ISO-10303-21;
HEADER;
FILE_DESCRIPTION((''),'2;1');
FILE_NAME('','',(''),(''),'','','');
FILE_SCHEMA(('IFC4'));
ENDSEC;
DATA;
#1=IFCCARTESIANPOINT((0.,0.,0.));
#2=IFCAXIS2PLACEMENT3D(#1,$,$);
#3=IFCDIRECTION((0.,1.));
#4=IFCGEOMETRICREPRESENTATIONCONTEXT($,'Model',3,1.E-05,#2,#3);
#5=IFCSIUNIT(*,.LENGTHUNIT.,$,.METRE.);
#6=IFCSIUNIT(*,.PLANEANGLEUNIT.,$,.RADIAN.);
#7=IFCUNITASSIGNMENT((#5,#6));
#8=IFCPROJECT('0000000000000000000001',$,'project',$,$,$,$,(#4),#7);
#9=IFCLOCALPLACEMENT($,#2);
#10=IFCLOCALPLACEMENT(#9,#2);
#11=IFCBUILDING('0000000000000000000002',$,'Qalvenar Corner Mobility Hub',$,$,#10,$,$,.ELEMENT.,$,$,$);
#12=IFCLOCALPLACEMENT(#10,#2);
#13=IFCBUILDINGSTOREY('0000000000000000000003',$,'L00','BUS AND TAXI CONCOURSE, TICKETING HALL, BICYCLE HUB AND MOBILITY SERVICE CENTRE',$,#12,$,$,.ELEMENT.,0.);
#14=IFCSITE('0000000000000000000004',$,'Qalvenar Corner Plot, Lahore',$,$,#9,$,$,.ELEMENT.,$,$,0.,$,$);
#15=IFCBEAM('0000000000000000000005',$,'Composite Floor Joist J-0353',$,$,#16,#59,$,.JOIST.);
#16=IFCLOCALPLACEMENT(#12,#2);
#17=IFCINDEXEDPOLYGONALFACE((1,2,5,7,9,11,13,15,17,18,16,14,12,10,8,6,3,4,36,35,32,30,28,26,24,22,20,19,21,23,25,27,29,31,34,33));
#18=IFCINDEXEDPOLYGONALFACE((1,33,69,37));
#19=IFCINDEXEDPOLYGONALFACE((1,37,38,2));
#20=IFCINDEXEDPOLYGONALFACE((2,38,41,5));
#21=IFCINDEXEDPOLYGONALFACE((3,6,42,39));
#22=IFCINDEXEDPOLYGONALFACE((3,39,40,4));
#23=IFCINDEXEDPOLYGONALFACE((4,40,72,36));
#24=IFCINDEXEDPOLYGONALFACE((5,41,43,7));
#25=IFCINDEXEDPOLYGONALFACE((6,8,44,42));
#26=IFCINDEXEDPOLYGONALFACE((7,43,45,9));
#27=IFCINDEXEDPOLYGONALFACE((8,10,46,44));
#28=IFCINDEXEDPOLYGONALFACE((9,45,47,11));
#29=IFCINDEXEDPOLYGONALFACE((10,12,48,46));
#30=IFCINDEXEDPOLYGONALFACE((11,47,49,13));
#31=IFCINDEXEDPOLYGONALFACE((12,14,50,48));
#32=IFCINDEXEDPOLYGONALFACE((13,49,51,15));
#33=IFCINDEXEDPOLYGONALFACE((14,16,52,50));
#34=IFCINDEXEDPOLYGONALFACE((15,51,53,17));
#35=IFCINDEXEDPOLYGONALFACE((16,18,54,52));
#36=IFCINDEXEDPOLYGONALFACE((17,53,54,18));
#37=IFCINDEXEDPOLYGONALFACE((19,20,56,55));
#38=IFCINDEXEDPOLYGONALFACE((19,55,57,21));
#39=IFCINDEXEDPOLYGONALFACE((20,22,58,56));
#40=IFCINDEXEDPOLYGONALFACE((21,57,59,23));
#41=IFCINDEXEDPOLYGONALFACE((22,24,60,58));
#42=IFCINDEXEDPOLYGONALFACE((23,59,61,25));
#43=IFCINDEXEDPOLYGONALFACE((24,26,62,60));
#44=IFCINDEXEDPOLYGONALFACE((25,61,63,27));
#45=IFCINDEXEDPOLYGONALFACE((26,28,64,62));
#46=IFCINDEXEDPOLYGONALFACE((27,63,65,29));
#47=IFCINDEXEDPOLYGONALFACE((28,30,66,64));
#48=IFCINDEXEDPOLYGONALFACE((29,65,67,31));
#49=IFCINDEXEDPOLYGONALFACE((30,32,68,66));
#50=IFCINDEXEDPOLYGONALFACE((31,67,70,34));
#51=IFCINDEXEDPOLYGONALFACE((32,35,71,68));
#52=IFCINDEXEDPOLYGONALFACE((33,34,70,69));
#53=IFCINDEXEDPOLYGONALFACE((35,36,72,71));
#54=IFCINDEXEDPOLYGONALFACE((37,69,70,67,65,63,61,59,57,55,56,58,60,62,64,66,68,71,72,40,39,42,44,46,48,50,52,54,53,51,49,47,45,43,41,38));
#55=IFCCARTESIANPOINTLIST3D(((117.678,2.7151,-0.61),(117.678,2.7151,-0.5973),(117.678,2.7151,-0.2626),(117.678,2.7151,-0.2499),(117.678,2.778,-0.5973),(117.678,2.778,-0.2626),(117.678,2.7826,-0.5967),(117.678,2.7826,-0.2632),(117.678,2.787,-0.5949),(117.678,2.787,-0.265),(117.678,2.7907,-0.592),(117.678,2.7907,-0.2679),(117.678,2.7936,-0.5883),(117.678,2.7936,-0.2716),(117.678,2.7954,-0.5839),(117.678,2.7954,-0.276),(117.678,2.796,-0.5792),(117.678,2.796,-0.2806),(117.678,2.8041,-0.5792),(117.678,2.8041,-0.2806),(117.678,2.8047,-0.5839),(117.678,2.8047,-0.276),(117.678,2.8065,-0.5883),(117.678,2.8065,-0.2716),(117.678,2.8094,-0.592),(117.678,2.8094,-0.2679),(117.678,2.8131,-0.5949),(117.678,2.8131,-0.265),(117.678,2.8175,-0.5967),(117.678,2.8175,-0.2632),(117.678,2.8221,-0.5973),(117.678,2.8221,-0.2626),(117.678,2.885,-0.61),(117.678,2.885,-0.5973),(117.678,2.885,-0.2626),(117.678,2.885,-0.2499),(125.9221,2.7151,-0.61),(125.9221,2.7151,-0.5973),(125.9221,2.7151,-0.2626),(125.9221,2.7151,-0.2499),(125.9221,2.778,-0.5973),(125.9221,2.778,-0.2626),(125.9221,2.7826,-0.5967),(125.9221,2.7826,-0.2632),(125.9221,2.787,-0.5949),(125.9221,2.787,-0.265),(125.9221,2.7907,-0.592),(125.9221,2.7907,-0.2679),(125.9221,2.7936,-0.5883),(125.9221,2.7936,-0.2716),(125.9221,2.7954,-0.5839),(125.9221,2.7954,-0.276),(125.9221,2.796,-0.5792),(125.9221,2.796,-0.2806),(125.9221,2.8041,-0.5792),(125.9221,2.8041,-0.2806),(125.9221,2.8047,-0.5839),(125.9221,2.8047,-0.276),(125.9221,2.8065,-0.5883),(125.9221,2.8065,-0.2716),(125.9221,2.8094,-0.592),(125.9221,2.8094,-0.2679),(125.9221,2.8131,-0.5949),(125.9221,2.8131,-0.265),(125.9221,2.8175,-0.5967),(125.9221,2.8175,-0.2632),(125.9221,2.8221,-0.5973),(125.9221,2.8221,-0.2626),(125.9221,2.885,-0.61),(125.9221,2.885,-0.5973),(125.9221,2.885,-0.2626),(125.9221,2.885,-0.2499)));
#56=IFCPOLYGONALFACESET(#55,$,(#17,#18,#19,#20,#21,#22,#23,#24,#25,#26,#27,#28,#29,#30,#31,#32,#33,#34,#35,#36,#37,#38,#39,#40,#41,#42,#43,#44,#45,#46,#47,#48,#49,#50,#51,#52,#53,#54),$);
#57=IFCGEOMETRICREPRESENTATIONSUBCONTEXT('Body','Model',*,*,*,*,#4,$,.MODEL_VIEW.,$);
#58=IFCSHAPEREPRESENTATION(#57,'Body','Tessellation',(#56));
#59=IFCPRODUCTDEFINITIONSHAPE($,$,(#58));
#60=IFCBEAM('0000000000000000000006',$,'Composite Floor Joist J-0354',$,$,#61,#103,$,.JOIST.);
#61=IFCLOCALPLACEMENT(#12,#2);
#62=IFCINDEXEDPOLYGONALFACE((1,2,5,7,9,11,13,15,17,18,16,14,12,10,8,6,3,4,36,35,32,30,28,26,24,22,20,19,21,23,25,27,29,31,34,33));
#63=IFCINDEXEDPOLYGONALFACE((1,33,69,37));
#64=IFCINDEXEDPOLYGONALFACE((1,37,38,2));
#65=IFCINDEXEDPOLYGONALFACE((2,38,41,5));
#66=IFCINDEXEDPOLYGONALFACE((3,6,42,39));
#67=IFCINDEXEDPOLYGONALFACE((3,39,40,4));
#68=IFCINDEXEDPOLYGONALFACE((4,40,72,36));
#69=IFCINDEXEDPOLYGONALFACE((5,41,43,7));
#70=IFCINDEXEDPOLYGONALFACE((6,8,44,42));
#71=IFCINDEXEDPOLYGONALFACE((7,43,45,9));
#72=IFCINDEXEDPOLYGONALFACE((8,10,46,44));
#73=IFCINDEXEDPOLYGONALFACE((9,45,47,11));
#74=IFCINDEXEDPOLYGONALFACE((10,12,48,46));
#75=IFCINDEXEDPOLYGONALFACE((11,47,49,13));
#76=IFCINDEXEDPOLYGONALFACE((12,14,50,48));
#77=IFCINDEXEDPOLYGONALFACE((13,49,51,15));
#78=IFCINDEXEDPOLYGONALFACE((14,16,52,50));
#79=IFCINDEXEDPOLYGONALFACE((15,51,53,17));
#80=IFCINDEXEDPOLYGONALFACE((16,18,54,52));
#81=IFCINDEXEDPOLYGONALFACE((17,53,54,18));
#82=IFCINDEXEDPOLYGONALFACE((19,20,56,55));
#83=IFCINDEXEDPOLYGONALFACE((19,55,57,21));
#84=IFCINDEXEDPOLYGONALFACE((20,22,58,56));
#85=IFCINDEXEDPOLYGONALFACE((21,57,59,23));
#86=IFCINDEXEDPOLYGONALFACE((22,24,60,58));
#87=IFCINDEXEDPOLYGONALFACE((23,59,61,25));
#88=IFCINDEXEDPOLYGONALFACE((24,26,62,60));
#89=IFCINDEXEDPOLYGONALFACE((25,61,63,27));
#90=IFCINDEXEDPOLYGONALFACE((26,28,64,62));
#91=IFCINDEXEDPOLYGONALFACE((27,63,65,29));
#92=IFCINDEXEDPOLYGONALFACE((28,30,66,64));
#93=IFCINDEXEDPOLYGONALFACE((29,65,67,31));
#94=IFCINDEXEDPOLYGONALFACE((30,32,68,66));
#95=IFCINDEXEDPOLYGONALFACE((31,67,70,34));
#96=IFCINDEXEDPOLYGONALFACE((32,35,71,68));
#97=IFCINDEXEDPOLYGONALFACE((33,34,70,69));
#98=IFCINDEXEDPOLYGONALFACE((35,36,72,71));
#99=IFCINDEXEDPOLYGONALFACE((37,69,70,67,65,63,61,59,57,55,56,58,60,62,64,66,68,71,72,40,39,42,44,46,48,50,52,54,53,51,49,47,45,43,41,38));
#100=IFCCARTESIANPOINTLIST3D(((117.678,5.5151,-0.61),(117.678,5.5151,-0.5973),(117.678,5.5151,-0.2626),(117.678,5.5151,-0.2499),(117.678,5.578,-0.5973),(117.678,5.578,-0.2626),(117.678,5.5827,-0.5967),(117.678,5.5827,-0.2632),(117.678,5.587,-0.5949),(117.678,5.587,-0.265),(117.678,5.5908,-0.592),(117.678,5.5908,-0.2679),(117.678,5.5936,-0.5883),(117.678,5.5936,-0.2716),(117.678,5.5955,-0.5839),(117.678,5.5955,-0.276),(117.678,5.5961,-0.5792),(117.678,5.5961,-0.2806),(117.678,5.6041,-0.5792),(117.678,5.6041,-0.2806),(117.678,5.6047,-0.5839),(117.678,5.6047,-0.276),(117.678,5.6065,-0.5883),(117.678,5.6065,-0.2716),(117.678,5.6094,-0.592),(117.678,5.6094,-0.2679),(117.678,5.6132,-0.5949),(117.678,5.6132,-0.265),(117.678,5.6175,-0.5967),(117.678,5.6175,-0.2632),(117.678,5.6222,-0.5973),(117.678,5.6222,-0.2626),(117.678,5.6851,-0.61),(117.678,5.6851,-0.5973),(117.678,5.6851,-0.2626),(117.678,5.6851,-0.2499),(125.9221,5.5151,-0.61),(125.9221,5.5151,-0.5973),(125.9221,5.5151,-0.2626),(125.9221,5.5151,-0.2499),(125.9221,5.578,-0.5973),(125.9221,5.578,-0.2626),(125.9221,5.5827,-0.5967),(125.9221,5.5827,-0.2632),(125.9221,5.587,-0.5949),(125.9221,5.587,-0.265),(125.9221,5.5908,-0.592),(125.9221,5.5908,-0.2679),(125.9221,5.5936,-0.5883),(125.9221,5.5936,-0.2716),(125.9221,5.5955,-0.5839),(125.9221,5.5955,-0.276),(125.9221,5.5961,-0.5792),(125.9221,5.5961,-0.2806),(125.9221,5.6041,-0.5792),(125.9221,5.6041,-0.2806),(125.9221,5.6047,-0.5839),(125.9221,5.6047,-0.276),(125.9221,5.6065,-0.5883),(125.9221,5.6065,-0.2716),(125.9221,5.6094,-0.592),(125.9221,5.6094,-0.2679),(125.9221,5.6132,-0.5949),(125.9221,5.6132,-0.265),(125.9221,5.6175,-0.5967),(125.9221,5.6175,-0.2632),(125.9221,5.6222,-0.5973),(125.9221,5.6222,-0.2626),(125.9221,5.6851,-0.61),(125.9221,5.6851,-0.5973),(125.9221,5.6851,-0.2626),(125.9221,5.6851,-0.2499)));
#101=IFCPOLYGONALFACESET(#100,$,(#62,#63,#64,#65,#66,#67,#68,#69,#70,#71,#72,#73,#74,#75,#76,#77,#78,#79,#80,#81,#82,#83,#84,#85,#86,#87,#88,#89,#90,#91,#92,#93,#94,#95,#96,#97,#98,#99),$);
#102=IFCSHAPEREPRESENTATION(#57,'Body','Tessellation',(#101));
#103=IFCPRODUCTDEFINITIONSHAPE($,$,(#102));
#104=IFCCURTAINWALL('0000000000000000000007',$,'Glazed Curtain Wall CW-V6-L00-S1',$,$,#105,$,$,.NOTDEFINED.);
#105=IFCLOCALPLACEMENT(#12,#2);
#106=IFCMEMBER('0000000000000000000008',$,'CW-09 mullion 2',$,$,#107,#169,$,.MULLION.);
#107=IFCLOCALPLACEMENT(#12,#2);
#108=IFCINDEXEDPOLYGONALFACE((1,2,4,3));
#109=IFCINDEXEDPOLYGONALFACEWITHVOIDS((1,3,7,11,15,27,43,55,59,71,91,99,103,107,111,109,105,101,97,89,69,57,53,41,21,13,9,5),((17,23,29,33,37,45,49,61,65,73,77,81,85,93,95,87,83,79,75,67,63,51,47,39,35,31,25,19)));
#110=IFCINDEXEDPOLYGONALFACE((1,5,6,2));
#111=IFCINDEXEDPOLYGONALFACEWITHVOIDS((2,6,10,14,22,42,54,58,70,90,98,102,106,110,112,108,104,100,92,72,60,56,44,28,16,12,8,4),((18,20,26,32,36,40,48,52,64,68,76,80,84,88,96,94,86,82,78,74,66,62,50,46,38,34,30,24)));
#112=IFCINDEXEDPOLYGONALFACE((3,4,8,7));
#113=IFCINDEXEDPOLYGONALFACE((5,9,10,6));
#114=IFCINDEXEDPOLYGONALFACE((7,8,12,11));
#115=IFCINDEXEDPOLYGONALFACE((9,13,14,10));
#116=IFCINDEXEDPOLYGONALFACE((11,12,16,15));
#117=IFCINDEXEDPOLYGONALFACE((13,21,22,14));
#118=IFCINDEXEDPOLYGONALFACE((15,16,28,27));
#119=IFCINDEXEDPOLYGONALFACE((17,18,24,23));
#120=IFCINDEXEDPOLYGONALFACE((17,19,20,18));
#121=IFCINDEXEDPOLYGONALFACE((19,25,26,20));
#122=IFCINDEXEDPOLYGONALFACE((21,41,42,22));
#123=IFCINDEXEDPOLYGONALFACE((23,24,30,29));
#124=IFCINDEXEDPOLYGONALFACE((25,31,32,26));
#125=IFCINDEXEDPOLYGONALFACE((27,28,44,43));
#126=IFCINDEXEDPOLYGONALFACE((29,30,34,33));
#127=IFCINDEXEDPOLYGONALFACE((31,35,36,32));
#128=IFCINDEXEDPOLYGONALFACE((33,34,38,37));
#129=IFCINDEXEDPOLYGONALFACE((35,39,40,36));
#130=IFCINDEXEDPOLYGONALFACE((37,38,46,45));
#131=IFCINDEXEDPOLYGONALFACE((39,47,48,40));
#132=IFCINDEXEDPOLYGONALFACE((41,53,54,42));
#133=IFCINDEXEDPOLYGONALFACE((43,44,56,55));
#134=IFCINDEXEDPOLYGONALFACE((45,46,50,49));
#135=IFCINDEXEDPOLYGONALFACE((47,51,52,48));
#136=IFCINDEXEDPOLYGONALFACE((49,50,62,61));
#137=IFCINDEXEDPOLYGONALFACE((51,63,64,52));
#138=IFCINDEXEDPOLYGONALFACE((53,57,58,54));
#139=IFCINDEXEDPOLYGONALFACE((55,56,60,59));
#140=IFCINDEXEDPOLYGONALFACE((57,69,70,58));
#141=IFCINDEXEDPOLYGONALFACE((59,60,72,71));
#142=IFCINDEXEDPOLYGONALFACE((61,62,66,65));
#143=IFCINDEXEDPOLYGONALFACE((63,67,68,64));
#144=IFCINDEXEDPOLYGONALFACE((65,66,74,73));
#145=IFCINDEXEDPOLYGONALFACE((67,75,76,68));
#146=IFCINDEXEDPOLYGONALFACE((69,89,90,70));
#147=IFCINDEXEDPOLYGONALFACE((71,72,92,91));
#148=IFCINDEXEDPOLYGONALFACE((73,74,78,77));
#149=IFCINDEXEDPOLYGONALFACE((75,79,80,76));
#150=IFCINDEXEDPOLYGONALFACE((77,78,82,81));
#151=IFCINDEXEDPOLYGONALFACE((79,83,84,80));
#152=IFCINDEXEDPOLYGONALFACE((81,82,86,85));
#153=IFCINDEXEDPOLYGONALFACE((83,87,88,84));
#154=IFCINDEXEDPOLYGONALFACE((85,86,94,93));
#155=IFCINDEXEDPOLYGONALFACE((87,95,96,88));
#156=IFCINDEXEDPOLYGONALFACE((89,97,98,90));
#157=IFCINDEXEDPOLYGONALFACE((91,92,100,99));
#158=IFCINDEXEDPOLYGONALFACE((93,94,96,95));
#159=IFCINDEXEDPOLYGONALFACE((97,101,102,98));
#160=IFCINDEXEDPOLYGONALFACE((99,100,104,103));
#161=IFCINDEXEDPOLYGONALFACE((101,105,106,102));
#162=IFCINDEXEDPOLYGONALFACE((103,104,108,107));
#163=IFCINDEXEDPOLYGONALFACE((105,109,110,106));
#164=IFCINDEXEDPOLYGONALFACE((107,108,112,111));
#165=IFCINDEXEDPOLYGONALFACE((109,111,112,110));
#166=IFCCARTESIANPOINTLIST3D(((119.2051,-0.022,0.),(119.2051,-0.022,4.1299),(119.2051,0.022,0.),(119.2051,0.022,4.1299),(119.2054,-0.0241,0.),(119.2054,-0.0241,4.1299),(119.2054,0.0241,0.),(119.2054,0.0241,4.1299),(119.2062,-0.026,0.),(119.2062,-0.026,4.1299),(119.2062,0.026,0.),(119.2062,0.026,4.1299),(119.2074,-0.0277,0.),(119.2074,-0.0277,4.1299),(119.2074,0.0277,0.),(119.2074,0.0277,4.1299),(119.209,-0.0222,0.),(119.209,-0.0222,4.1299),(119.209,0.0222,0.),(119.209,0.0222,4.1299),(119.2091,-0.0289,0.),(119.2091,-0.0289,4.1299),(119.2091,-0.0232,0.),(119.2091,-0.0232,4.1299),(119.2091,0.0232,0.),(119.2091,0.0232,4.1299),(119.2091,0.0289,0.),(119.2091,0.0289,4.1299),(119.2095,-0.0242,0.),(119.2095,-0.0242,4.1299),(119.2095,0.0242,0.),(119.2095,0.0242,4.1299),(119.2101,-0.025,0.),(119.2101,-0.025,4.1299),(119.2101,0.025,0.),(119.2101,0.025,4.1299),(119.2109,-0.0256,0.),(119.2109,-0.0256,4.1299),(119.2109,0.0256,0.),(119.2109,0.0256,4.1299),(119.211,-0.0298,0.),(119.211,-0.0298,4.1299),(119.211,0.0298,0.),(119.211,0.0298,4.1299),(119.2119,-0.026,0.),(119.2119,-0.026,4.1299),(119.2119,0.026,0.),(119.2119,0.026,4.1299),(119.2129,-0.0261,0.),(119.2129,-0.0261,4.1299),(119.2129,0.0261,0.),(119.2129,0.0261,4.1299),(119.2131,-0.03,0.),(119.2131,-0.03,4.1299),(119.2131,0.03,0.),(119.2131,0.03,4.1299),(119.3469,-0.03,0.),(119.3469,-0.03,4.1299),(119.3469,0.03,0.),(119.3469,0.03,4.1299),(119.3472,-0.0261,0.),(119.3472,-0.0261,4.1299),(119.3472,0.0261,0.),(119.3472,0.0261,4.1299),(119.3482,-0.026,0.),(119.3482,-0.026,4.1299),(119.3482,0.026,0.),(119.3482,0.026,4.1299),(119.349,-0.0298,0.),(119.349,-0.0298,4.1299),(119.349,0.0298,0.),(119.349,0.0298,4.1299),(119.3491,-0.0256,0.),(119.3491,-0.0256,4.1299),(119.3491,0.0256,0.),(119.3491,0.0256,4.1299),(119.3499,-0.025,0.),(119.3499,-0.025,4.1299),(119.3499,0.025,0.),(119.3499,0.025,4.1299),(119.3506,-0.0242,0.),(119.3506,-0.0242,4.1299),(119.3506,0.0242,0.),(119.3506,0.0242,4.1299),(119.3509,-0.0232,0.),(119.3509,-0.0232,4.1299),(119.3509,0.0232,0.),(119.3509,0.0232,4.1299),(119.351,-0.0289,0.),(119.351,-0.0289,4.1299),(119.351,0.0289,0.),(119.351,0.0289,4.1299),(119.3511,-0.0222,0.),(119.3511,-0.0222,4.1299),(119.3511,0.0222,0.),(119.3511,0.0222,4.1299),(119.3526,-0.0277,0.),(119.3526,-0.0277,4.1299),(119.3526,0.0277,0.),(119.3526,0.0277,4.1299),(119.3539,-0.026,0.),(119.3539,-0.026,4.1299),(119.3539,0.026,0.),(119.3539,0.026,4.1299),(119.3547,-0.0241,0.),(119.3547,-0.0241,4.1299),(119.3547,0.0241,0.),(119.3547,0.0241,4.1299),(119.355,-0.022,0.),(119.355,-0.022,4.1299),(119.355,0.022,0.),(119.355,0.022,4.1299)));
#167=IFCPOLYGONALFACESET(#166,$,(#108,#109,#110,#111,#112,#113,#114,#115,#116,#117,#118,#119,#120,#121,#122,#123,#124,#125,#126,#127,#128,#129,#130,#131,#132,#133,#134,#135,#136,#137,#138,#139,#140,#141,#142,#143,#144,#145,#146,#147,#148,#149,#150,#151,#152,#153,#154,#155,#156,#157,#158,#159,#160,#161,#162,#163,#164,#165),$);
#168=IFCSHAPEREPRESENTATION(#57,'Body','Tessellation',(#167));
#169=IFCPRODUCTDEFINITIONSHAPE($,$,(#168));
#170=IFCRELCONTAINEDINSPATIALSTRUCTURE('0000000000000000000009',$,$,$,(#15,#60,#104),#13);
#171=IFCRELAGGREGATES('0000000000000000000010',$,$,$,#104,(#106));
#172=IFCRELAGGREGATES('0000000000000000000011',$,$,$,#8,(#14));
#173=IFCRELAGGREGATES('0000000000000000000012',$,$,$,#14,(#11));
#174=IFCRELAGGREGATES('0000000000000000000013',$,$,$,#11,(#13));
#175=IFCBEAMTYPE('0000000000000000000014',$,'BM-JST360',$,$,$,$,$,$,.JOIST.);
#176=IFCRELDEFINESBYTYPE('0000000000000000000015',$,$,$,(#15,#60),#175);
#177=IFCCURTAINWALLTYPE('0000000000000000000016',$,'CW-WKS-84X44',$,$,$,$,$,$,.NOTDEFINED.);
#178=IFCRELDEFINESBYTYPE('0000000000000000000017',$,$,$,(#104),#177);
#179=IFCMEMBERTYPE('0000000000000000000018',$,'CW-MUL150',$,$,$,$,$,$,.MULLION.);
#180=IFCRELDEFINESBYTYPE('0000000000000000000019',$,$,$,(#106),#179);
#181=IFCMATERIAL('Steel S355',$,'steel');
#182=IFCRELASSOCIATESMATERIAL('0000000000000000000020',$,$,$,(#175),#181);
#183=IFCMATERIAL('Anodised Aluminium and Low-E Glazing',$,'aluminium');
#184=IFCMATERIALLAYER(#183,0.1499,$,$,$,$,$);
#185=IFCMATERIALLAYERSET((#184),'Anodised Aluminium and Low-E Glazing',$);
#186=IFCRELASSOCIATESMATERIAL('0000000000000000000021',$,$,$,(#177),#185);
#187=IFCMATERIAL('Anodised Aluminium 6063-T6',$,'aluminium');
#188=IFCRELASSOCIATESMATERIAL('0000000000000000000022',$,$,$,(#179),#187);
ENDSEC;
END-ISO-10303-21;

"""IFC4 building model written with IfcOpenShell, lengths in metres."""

from ifc_helpers import new_model, si_unit, direction, frame, origin, origin_2d, place, context, subcontext, project, spatial, hollow_rectangle, i_section, extrude, material, layer, layer_set, material_profile, profile_set, type_object, element, aggregate, save


model = new_model("IFC4")

# Units and contexts
model_context = context("Model", 3, precision=1e-05, world=origin(), true_north=direction((0.0, 1.0)))
body_context = subcontext(model_context, "Body", "Model", "MODEL_VIEW")
ifc_project = project(units=[si_unit("LENGTHUNIT", "METRE"), si_unit("PLANEANGLEUNIT", "RADIAN")], contexts=[model_context])

# Site, building, storey
site_placement = place(None, origin())
site = spatial("IfcSite", under=ifc_project, at=site_placement, Name="Qalvenar Corner Plot, Lahore", CompositionType="ELEMENT", RefElevation=0.0)
building_placement = place(site_placement, origin())
building = spatial("IfcBuilding", under=site, at=building_placement, Name="Qalvenar Corner Mobility Hub", CompositionType="ELEMENT")
storey_placement = place(building_placement, origin())
storey = spatial("IfcBuildingStorey", under=building, at=storey_placement, Name="L00", Description="BUS AND TAXI CONCOURSE, TICKETING HALL, BICYCLE HUB AND MOBILITY SERVICE CENTRE", CompositionType="ELEMENT", Elevation=0.0)

# Beams
ifc_material_1 = material(Name="Steel S355", Category="steel")
ifc_material_profile_1 = material_profile(ifc_material_1, i_section(OverallWidth=0.1699, OverallDepth=0.3601, WebThickness=0.0081, FlangeThickness=0.0127, FilletRadius=0.0181, at=origin_2d()), Name="IPE360")
ifc_profile_set_1 = profile_set([ifc_material_profile_1], Name="Steel S355")
beam_type = type_object("IfcBeamType", Name="BM-JST360", PredefinedType="JOIST", material=ifc_profile_set_1)
for number, where, z_axis, x_axis, name in (
    (1, (117.678, 2.8, -0.4299), (1.0, 0.0, 0.0), (0.0, 1.0, 0.0), "Composite Floor Joist J-0353"),
    (2, (117.678, 5.6001, -0.4299), (1.0, 0.0, 0.0), (0.0, 1.0, 0.0), "Composite Floor Joist J-0354"),
):
    element("IfcBeam", number, at=place(storey_placement, frame(where, z_axis=z_axis, x_axis=x_axis)), inside=storey, type_object=beam_type, Name=name, PredefinedType="JOIST", context=body_context, shape_type="SweptSolid", body=[
        extrude(i_section(OverallWidth=0.1699, OverallDepth=0.3601, WebThickness=0.0081, FlangeThickness=0.0127, FilletRadius=0.0181, at=origin_2d()), origin(), (0.0, 0.0, 1.0), 8.2441),
    ])

# Curtain wall, member
ifc_material_2 = material(Name="Anodised Aluminium and Low-E Glazing", Category="aluminium")
ifc_layer_1 = layer(ifc_material_2, 0.1499)
ifc_layer_set_1 = layer_set([ifc_layer_1], Name="Anodised Aluminium and Low-E Glazing")
curtain_wall_type = type_object("IfcCurtainWallType", Name="CW-WKS-84X44", PredefinedType="NOTDEFINED", material=ifc_layer_set_1)
curtain_wall_placement = place(storey_placement, origin())
curtain_wall = element("IfcCurtainWall", 3, at=curtain_wall_placement, inside=storey, type_object=curtain_wall_type, Name="Glazed Curtain Wall CW-V6-L00-S1", PredefinedType="NOTDEFINED")
ifc_material_3 = material(Name="Anodised Aluminium 6063-T6", Category="aluminium")
ifc_material_profile_2 = material_profile(ifc_material_3, hollow_rectangle(XDim=0.0601, YDim=0.1499, WallThickness=0.0039, InnerFilletRadius=0.0039, OuterFilletRadius=0.0081, at=origin_2d()), Name="RHS150x60x4")
ifc_profile_set_2 = profile_set([ifc_material_profile_2], Name="Anodised Aluminium 6063-T6")
member_type_1 = type_object("IfcMemberType", Name="CW-MUL150", PredefinedType="MULLION", material=ifc_profile_set_2)
member_1_placement = place(storey_placement, frame((119.28, 0.0, 0.0), z_axis=(0.0, 0.0, 1.0), x_axis=(0.0, 1.0, 0.0)))
member_1 = element("IfcMember", 4, at=member_1_placement, type_object=member_type_1, Name="CW-09 mullion 2", PredefinedType="MULLION", context=body_context, shape_type="SweptSolid", body=[
    extrude(hollow_rectangle(XDim=0.0601, YDim=0.1499, WallThickness=0.0039, InnerFilletRadius=0.0039, OuterFilletRadius=0.0081, at=origin_2d()), origin(), (0.0, 0.0, 1.0), 4.1299),
])
aggregate(curtain_wall, [member_1])

save(model, "model.ifc")
